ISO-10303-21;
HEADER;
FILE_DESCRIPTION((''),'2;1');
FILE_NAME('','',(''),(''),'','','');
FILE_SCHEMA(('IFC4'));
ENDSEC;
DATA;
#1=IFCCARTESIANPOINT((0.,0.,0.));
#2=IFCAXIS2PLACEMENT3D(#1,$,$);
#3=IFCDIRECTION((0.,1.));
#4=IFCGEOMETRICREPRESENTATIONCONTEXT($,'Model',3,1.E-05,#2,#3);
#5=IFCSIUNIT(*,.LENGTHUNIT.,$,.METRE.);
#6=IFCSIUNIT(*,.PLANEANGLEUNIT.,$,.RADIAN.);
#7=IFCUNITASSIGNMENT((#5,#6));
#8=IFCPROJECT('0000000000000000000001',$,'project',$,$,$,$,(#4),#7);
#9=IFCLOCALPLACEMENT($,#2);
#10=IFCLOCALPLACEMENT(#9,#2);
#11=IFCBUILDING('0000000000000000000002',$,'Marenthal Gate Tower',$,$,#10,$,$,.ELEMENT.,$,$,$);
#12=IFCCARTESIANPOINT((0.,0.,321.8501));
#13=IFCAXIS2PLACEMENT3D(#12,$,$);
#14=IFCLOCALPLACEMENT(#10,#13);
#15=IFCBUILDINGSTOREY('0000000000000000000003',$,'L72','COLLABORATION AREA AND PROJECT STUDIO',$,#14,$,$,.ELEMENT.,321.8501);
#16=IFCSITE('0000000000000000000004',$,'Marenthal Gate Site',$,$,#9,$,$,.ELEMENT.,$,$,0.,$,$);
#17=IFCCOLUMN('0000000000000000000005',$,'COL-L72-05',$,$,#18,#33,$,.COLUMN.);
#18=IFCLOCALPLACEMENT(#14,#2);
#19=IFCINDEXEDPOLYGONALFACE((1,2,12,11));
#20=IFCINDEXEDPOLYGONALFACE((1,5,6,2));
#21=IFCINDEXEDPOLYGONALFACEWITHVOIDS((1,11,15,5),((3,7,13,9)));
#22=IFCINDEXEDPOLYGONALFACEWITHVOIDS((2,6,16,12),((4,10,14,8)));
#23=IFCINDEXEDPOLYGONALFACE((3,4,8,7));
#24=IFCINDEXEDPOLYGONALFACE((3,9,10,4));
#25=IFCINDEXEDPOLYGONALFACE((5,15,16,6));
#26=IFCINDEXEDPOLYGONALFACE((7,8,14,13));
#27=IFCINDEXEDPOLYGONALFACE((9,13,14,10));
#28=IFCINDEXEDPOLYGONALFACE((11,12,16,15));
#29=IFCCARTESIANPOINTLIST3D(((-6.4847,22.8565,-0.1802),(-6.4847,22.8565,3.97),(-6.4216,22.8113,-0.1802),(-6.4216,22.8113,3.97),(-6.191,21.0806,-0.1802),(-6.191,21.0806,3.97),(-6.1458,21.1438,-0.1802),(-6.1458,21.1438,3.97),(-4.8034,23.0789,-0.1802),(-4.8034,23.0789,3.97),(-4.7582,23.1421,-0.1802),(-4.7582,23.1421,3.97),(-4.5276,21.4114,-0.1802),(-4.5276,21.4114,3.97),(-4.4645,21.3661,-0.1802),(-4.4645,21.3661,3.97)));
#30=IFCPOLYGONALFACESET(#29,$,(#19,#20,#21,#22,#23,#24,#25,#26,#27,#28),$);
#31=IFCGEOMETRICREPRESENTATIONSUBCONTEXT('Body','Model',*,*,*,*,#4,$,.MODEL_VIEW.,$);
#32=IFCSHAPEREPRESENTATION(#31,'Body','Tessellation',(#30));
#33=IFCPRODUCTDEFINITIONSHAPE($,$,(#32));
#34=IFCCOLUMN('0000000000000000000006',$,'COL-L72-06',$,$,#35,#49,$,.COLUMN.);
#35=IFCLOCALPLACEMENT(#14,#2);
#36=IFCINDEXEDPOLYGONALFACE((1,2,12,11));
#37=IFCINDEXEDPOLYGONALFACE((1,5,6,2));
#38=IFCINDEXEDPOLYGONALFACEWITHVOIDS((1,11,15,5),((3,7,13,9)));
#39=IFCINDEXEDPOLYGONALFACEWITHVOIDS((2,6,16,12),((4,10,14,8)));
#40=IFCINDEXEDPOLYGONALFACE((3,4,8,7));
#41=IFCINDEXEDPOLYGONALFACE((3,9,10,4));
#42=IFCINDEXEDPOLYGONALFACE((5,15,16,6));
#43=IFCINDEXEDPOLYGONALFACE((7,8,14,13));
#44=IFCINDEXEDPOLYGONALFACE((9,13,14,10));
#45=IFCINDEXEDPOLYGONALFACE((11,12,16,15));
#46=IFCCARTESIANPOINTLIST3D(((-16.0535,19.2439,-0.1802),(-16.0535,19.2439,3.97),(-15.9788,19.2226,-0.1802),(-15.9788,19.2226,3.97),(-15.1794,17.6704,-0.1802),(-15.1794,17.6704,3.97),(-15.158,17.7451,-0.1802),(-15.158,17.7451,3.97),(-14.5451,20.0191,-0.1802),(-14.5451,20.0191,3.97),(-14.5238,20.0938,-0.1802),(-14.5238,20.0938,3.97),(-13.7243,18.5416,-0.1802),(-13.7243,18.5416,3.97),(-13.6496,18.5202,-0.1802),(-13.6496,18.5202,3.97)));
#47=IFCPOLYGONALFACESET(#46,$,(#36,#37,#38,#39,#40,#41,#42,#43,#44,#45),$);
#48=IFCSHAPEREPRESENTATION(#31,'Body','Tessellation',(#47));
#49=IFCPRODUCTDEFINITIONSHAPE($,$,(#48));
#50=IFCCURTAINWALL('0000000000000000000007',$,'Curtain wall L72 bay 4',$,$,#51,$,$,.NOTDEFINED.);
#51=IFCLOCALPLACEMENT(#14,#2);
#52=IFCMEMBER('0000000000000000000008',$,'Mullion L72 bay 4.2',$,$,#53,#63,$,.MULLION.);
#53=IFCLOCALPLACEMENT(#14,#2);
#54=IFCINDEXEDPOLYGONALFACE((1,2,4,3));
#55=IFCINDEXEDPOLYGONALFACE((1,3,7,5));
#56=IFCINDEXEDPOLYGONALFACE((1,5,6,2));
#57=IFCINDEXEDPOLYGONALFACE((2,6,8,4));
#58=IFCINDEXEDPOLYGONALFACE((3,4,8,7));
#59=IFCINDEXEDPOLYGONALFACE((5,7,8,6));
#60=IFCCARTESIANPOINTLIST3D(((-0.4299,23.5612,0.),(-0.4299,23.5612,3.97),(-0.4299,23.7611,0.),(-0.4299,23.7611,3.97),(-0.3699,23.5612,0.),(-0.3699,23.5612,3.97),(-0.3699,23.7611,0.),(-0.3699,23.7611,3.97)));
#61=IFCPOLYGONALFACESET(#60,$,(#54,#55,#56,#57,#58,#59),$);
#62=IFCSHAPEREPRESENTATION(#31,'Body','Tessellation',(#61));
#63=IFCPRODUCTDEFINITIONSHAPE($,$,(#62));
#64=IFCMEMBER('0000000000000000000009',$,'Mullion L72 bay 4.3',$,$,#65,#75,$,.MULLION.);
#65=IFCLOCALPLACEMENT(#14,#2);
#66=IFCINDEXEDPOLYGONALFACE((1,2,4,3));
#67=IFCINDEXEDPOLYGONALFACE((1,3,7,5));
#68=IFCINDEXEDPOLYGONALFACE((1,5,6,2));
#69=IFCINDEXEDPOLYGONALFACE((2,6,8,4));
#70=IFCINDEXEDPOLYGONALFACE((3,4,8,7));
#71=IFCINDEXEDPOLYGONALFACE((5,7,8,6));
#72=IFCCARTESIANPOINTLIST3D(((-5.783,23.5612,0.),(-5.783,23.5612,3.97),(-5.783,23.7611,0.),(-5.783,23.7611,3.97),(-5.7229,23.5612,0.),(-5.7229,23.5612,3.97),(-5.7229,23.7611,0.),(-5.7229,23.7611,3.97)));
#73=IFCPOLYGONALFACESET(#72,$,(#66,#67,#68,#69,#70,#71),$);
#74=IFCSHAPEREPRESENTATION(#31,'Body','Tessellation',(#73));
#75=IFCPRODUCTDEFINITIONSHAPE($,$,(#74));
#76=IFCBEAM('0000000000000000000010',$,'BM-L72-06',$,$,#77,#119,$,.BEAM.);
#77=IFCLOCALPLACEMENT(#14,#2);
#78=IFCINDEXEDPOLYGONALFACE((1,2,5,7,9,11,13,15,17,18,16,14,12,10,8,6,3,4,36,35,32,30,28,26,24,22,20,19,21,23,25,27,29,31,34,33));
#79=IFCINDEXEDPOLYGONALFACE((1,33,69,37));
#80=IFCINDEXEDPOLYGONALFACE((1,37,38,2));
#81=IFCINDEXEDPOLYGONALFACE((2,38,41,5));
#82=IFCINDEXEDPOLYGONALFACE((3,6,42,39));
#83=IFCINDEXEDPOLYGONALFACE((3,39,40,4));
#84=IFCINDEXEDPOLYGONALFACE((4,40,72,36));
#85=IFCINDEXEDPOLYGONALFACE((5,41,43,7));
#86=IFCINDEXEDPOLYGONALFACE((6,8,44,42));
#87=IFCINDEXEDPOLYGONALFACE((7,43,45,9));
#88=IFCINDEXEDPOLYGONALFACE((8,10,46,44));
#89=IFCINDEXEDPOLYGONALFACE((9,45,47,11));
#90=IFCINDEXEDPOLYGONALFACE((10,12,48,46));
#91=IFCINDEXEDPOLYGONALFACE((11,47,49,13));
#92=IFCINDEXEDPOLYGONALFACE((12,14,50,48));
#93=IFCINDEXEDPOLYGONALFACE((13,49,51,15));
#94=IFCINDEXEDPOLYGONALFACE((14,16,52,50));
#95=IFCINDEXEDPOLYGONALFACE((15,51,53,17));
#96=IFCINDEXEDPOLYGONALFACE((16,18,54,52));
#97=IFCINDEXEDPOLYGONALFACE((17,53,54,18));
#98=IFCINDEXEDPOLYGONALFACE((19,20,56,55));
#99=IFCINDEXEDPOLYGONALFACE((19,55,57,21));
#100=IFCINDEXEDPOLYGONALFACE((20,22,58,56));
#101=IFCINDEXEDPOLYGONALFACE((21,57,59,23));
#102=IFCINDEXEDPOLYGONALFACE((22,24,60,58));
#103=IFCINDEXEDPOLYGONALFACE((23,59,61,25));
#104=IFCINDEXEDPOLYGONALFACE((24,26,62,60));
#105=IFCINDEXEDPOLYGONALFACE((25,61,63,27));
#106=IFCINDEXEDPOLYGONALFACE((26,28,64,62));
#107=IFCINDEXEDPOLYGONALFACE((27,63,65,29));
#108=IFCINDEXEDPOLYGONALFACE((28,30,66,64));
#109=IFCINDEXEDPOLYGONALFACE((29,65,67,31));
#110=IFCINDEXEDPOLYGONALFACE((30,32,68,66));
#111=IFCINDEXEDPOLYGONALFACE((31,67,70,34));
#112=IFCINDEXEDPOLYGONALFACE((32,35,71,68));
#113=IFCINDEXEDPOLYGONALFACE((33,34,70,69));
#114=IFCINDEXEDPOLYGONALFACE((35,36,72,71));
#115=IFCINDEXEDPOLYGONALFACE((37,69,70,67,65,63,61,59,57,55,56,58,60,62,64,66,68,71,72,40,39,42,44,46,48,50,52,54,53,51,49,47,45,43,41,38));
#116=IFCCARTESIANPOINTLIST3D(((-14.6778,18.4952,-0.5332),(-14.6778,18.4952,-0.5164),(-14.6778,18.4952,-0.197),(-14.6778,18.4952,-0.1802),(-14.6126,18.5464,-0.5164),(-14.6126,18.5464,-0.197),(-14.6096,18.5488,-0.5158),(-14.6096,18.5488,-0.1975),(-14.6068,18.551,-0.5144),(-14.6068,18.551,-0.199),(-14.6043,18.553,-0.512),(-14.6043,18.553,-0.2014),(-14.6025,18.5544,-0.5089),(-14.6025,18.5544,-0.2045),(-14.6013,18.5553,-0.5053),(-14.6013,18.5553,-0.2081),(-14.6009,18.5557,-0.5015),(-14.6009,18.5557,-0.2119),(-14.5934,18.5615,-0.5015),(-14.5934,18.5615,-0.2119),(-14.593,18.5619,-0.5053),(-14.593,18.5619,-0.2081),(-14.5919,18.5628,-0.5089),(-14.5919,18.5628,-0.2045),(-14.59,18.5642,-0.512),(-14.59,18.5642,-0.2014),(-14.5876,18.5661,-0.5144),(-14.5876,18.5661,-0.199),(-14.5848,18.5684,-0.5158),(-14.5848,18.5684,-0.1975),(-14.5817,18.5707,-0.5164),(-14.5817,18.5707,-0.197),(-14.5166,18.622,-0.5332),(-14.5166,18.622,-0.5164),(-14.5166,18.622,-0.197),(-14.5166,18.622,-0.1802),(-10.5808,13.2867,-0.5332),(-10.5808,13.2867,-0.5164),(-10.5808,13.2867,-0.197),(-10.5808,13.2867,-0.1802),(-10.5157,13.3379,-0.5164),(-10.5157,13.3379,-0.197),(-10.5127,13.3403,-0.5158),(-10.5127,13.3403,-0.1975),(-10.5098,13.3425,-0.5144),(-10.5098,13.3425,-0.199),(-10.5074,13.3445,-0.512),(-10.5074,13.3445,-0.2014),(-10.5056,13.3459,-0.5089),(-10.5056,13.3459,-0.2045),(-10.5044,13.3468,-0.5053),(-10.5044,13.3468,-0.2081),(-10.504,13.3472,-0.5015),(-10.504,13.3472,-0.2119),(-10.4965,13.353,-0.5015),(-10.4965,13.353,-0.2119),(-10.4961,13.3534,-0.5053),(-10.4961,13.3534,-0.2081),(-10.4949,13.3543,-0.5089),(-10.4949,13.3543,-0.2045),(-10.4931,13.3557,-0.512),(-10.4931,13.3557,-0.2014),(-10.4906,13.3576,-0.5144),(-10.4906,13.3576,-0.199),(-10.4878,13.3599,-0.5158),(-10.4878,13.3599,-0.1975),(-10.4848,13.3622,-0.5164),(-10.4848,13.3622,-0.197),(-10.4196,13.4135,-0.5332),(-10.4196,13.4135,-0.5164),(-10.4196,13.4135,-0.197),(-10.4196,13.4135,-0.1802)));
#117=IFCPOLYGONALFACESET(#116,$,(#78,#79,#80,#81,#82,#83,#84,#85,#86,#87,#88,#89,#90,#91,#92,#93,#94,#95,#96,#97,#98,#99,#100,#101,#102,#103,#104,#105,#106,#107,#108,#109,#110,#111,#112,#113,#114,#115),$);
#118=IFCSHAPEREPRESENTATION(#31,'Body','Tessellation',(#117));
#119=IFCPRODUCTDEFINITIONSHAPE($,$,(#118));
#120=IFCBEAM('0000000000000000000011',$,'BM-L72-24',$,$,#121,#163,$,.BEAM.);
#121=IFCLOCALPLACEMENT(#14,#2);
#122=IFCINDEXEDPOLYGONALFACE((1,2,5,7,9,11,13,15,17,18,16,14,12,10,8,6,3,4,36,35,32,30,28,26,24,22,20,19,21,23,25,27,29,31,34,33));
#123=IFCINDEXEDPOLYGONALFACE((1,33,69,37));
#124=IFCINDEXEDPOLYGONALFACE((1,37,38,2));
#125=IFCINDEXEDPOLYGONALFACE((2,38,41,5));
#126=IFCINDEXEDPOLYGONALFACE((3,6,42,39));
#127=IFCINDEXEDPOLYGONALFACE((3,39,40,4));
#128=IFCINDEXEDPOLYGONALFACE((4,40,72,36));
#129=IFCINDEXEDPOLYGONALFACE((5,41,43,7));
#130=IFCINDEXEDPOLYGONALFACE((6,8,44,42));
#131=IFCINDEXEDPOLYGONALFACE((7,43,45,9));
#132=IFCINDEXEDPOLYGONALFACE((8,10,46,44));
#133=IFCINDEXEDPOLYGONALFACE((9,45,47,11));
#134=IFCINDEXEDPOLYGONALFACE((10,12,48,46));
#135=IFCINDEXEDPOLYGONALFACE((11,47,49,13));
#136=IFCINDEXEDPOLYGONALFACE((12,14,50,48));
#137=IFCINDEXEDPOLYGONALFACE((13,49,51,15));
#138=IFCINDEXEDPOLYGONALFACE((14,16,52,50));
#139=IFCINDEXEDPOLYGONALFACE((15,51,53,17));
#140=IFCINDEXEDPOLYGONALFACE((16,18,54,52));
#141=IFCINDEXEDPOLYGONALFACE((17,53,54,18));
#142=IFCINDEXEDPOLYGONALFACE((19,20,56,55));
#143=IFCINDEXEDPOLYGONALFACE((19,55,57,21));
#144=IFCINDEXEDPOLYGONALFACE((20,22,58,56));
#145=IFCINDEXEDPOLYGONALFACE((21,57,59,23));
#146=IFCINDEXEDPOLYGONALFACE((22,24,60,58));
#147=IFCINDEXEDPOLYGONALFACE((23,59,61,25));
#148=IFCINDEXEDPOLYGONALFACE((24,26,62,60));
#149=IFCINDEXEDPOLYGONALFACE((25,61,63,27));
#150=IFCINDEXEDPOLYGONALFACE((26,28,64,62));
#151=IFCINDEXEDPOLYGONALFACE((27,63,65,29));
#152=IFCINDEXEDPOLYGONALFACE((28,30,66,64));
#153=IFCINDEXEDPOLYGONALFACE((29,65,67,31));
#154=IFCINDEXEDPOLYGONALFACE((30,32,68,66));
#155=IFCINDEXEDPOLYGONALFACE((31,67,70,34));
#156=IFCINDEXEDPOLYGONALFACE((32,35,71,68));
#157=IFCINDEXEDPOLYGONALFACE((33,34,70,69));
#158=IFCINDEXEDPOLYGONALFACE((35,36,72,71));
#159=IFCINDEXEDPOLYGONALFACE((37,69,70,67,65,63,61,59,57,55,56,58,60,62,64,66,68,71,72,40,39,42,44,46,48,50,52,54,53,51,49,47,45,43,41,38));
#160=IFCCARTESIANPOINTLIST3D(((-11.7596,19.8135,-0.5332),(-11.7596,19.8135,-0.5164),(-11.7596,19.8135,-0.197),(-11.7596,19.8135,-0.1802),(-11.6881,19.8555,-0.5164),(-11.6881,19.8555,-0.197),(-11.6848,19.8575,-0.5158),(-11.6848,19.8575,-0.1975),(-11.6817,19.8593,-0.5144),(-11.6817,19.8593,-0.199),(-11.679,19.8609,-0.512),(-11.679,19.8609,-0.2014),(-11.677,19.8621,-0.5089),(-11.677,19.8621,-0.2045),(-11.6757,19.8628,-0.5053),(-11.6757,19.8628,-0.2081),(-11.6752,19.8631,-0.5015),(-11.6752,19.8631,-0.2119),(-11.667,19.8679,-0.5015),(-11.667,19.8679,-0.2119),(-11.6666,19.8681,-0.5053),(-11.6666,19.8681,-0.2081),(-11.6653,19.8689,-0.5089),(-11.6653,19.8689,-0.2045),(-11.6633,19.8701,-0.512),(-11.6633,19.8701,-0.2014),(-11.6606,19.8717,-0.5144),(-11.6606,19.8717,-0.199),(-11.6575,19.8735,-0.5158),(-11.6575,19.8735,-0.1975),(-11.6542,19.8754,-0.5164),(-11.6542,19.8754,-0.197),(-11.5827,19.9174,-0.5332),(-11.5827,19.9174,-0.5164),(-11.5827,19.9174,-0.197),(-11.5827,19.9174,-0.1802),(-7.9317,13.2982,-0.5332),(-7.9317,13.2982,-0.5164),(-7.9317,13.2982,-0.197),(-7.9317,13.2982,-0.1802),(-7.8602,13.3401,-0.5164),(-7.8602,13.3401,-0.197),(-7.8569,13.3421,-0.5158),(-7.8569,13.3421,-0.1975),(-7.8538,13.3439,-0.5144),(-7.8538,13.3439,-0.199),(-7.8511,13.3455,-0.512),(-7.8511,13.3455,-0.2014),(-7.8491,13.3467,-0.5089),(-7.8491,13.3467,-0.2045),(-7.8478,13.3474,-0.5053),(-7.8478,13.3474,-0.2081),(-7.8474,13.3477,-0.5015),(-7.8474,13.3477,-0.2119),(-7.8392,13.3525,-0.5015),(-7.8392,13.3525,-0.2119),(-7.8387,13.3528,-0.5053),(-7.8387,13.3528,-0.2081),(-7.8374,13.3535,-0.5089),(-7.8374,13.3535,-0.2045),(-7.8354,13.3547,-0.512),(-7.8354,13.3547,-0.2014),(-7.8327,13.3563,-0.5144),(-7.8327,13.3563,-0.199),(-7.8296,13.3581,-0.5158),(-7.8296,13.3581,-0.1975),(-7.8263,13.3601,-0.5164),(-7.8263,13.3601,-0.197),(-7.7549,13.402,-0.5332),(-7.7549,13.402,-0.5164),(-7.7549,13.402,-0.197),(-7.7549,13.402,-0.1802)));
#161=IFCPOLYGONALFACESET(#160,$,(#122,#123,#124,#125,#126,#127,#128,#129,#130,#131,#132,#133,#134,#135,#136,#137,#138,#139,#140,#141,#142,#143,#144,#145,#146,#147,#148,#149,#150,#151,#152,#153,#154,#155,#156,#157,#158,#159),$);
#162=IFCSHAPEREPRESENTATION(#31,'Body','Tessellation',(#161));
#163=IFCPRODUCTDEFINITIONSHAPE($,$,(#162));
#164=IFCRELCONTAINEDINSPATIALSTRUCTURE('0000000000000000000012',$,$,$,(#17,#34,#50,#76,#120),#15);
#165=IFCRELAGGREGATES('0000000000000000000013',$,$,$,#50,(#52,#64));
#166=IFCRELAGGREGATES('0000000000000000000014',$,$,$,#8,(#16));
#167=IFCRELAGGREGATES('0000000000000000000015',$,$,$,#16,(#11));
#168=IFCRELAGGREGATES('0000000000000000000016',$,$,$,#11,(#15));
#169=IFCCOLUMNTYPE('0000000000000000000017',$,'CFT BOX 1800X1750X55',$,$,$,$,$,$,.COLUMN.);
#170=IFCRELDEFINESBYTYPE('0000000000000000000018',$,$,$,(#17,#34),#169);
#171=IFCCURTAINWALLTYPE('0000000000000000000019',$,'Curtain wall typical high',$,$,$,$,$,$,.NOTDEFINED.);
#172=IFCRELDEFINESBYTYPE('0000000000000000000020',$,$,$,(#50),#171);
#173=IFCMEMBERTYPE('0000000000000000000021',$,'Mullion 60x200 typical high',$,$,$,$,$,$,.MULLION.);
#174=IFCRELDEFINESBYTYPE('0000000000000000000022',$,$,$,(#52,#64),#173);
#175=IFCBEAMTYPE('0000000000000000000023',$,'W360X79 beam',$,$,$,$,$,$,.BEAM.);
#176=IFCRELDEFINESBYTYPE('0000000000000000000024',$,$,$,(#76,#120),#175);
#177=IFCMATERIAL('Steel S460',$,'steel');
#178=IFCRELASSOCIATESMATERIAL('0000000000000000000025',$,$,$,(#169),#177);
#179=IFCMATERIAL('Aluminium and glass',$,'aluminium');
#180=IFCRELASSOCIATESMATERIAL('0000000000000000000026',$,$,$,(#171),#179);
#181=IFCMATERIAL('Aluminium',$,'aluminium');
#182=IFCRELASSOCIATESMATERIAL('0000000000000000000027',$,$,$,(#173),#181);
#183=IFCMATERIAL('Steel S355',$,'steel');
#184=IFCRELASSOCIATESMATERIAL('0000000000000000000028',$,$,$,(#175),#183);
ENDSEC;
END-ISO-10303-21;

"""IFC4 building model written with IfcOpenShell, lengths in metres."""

from ifc_helpers import new_model, si_unit, direction, frame, origin, origin_2d, place, context, subcontext, project, spatial, rectangle, hollow_rectangle, i_section, extrude, material, material_profile, profile_set, type_object, element, aggregate, save


model = new_model("IFC4")

# Units and contexts
model_context = context("Model", 3, precision=1e-05, world=origin(), true_north=direction((0.0, 1.0)))
body_context = subcontext(model_context, "Body", "Model", "MODEL_VIEW")
ifc_project = project(units=[si_unit("LENGTHUNIT", "METRE"), si_unit("PLANEANGLEUNIT", "RADIAN")], contexts=[model_context])

# Site, building, storey
site_placement = place(None, origin())
site = spatial("IfcSite", under=ifc_project, at=site_placement, Name="Marenthal Gate Site", CompositionType="ELEMENT", RefElevation=0.0)
building_placement = place(site_placement, origin())
building = spatial("IfcBuilding", under=site, at=building_placement, Name="Marenthal Gate Tower", CompositionType="ELEMENT")
storey_placement = place(building_placement, frame((0.0, 0.0, 321.8501)))
storey = spatial("IfcBuildingStorey", under=building, at=storey_placement, Name="L72", Description="COLLABORATION AREA AND PROJECT STUDIO", CompositionType="ELEMENT", Elevation=321.8501)

# Columns
ifc_material_1 = material(Name="Steel S460", Category="steel")
ifc_material_profile_1 = material_profile(ifc_material_1, hollow_rectangle(XDim=1.75, YDim=1.8, WallThickness=0.0549, at=origin_2d()), Name="CFT BOX 1800X1750X55")
ifc_material_2 = material(Name="Concrete 70 MPa", Category="concrete")
ifc_material_profile_2 = material_profile(ifc_material_2, rectangle(XDim=1.6399, YDim=1.6899, at=origin_2d()), Name="CFT BOX 1800X1750X55 INFILL")
ifc_profile_set_1 = profile_set([ifc_material_profile_1, ifc_material_profile_2], Name="Steel S460 shell, Concrete 70 MPa infill")
column_type = type_object("IfcColumnType", Name="CFT BOX 1800X1750X55", PredefinedType="COLUMN", material=ifc_profile_set_1)
for number, where, z_axis, x_axis, name in (
    (1, (-5.4746, 22.1113, -0.1802), (0.0, 0.0, 1.0), (0.986599, 0.163164, 0.0), "COL-L72-05"),
    (2, (-14.8516, 18.8821, -0.1802), (0.0, 0.0, 1.0), (0.874163, 0.485632, 0.0), "COL-L72-06"),
):
    element("IfcColumn", number, at=place(storey_placement, frame(where, z_axis=z_axis, x_axis=x_axis)), inside=storey, type_object=column_type, Name=name, PredefinedType="COLUMN", context=body_context, shape_type="SweptSolid", body=[
        extrude(hollow_rectangle(XDim=1.75, YDim=1.8, WallThickness=0.0549, at=origin_2d()), origin(), (0.0, 0.0, 1.0), 4.1501),
    ])

# Curtain wall, members
ifc_material_3 = material(Name="Aluminium and glass", Category="aluminium")
curtain_wall_type = type_object("IfcCurtainWallType", Name="Curtain wall typical high", PredefinedType="NOTDEFINED", material=ifc_material_3)
curtain_wall_placement = place(storey_placement, origin())
curtain_wall = element("IfcCurtainWall", 3, at=curtain_wall_placement, inside=storey, type_object=curtain_wall_type, Name="Curtain wall L72 bay 4", PredefinedType="NOTDEFINED")
ifc_material_4 = material(Name="Aluminium", Category="aluminium")
ifc_material_profile_3 = material_profile(ifc_material_4, rectangle(XDim=0.2, YDim=0.0601, at=origin_2d()), Name="60x200 aluminium mullion")
ifc_profile_set_2 = profile_set([ifc_material_profile_3], Name="Aluminium")
member_type = type_object("IfcMemberType", Name="Mullion 60x200 typical high", PredefinedType="MULLION", material=ifc_profile_set_2)
member_1_placement = place(storey_placement, frame((-0.3999, 23.6611, 0.0), z_axis=(0.0, 0.0, 1.0), x_axis=(0.0, -1.0, 0.0)))
member_1 = element("IfcMember", 4, at=member_1_placement, type_object=member_type, Name="Mullion L72 bay 4.2", PredefinedType="MULLION", context=body_context, shape_type="SweptSolid", body=[
    extrude(rectangle(XDim=0.2, YDim=0.0601, at=origin_2d()), origin(), (0.0, 0.0, 1.0), 3.97),
])
member_2_placement = place(storey_placement, frame((-5.7529, 23.6611, 0.0), z_axis=(0.0, 0.0, 1.0), x_axis=(0.0, -1.0, 0.0)))
member_2 = element("IfcMember", 5, at=member_2_placement, type_object=member_type, Name="Mullion L72 bay 4.3", PredefinedType="MULLION", context=body_context, shape_type="SweptSolid", body=[
    extrude(rectangle(XDim=0.2, YDim=0.0601, at=origin_2d()), origin(), (0.0, 0.0, 1.0), 3.97),
])

# Beams
ifc_material_5 = material(Name="Steel S355", Category="steel")
ifc_material_profile_4 = material_profile(ifc_material_5, i_section(OverallWidth=0.2051, OverallDepth=0.353, WebThickness=0.0095, FlangeThickness=0.0168, FilletRadius=0.0149, at=origin_2d()), Name="W360X79")
ifc_profile_set_3 = profile_set([ifc_material_profile_4], Name="Steel S355")
beam_type_1 = type_object("IfcBeamType", Name="W360X79 beam", PredefinedType="BEAM", material=ifc_profile_set_3)
beam_1_placement = place(storey_placement, frame((-14.5972, 18.5586, -0.3567), z_axis=(0.618245, -0.785986, 0.0), x_axis=(0.785986, 0.618245, 0.0)))
element("IfcBeam", 6, at=beam_1_placement, inside=storey, type_object=beam_type_1, Name="BM-L72-06", PredefinedType="BEAM", context=body_context, shape_type="SweptSolid", body=[
    extrude(i_section(OverallWidth=0.2051, OverallDepth=0.353, WebThickness=0.0095, FlangeThickness=0.0168, FilletRadius=0.0149, at=origin_2d()), origin(), (0.0, 0.0, 1.0), 6.6267),
])
beam_2_placement = place(storey_placement, frame((-11.6711, 19.8655, -0.3567), z_axis=(0.506558, -0.862206, 0.0), x_axis=(0.862206, 0.506558, 0.0)))
element("IfcBeam", 7, at=beam_2_placement, inside=storey, type_object=beam_type_1, Name="BM-L72-24", PredefinedType="BEAM", context=body_context, shape_type="SweptSolid", body=[
    extrude(i_section(OverallWidth=0.2051, OverallDepth=0.353, WebThickness=0.0095, FlangeThickness=0.0168, FilletRadius=0.0149, at=origin_2d()), origin(), (0.0, 0.0, 1.0), 7.5566),
])

aggregate(curtain_wall, [member_1, member_2])

save(model, "model.ifc")
